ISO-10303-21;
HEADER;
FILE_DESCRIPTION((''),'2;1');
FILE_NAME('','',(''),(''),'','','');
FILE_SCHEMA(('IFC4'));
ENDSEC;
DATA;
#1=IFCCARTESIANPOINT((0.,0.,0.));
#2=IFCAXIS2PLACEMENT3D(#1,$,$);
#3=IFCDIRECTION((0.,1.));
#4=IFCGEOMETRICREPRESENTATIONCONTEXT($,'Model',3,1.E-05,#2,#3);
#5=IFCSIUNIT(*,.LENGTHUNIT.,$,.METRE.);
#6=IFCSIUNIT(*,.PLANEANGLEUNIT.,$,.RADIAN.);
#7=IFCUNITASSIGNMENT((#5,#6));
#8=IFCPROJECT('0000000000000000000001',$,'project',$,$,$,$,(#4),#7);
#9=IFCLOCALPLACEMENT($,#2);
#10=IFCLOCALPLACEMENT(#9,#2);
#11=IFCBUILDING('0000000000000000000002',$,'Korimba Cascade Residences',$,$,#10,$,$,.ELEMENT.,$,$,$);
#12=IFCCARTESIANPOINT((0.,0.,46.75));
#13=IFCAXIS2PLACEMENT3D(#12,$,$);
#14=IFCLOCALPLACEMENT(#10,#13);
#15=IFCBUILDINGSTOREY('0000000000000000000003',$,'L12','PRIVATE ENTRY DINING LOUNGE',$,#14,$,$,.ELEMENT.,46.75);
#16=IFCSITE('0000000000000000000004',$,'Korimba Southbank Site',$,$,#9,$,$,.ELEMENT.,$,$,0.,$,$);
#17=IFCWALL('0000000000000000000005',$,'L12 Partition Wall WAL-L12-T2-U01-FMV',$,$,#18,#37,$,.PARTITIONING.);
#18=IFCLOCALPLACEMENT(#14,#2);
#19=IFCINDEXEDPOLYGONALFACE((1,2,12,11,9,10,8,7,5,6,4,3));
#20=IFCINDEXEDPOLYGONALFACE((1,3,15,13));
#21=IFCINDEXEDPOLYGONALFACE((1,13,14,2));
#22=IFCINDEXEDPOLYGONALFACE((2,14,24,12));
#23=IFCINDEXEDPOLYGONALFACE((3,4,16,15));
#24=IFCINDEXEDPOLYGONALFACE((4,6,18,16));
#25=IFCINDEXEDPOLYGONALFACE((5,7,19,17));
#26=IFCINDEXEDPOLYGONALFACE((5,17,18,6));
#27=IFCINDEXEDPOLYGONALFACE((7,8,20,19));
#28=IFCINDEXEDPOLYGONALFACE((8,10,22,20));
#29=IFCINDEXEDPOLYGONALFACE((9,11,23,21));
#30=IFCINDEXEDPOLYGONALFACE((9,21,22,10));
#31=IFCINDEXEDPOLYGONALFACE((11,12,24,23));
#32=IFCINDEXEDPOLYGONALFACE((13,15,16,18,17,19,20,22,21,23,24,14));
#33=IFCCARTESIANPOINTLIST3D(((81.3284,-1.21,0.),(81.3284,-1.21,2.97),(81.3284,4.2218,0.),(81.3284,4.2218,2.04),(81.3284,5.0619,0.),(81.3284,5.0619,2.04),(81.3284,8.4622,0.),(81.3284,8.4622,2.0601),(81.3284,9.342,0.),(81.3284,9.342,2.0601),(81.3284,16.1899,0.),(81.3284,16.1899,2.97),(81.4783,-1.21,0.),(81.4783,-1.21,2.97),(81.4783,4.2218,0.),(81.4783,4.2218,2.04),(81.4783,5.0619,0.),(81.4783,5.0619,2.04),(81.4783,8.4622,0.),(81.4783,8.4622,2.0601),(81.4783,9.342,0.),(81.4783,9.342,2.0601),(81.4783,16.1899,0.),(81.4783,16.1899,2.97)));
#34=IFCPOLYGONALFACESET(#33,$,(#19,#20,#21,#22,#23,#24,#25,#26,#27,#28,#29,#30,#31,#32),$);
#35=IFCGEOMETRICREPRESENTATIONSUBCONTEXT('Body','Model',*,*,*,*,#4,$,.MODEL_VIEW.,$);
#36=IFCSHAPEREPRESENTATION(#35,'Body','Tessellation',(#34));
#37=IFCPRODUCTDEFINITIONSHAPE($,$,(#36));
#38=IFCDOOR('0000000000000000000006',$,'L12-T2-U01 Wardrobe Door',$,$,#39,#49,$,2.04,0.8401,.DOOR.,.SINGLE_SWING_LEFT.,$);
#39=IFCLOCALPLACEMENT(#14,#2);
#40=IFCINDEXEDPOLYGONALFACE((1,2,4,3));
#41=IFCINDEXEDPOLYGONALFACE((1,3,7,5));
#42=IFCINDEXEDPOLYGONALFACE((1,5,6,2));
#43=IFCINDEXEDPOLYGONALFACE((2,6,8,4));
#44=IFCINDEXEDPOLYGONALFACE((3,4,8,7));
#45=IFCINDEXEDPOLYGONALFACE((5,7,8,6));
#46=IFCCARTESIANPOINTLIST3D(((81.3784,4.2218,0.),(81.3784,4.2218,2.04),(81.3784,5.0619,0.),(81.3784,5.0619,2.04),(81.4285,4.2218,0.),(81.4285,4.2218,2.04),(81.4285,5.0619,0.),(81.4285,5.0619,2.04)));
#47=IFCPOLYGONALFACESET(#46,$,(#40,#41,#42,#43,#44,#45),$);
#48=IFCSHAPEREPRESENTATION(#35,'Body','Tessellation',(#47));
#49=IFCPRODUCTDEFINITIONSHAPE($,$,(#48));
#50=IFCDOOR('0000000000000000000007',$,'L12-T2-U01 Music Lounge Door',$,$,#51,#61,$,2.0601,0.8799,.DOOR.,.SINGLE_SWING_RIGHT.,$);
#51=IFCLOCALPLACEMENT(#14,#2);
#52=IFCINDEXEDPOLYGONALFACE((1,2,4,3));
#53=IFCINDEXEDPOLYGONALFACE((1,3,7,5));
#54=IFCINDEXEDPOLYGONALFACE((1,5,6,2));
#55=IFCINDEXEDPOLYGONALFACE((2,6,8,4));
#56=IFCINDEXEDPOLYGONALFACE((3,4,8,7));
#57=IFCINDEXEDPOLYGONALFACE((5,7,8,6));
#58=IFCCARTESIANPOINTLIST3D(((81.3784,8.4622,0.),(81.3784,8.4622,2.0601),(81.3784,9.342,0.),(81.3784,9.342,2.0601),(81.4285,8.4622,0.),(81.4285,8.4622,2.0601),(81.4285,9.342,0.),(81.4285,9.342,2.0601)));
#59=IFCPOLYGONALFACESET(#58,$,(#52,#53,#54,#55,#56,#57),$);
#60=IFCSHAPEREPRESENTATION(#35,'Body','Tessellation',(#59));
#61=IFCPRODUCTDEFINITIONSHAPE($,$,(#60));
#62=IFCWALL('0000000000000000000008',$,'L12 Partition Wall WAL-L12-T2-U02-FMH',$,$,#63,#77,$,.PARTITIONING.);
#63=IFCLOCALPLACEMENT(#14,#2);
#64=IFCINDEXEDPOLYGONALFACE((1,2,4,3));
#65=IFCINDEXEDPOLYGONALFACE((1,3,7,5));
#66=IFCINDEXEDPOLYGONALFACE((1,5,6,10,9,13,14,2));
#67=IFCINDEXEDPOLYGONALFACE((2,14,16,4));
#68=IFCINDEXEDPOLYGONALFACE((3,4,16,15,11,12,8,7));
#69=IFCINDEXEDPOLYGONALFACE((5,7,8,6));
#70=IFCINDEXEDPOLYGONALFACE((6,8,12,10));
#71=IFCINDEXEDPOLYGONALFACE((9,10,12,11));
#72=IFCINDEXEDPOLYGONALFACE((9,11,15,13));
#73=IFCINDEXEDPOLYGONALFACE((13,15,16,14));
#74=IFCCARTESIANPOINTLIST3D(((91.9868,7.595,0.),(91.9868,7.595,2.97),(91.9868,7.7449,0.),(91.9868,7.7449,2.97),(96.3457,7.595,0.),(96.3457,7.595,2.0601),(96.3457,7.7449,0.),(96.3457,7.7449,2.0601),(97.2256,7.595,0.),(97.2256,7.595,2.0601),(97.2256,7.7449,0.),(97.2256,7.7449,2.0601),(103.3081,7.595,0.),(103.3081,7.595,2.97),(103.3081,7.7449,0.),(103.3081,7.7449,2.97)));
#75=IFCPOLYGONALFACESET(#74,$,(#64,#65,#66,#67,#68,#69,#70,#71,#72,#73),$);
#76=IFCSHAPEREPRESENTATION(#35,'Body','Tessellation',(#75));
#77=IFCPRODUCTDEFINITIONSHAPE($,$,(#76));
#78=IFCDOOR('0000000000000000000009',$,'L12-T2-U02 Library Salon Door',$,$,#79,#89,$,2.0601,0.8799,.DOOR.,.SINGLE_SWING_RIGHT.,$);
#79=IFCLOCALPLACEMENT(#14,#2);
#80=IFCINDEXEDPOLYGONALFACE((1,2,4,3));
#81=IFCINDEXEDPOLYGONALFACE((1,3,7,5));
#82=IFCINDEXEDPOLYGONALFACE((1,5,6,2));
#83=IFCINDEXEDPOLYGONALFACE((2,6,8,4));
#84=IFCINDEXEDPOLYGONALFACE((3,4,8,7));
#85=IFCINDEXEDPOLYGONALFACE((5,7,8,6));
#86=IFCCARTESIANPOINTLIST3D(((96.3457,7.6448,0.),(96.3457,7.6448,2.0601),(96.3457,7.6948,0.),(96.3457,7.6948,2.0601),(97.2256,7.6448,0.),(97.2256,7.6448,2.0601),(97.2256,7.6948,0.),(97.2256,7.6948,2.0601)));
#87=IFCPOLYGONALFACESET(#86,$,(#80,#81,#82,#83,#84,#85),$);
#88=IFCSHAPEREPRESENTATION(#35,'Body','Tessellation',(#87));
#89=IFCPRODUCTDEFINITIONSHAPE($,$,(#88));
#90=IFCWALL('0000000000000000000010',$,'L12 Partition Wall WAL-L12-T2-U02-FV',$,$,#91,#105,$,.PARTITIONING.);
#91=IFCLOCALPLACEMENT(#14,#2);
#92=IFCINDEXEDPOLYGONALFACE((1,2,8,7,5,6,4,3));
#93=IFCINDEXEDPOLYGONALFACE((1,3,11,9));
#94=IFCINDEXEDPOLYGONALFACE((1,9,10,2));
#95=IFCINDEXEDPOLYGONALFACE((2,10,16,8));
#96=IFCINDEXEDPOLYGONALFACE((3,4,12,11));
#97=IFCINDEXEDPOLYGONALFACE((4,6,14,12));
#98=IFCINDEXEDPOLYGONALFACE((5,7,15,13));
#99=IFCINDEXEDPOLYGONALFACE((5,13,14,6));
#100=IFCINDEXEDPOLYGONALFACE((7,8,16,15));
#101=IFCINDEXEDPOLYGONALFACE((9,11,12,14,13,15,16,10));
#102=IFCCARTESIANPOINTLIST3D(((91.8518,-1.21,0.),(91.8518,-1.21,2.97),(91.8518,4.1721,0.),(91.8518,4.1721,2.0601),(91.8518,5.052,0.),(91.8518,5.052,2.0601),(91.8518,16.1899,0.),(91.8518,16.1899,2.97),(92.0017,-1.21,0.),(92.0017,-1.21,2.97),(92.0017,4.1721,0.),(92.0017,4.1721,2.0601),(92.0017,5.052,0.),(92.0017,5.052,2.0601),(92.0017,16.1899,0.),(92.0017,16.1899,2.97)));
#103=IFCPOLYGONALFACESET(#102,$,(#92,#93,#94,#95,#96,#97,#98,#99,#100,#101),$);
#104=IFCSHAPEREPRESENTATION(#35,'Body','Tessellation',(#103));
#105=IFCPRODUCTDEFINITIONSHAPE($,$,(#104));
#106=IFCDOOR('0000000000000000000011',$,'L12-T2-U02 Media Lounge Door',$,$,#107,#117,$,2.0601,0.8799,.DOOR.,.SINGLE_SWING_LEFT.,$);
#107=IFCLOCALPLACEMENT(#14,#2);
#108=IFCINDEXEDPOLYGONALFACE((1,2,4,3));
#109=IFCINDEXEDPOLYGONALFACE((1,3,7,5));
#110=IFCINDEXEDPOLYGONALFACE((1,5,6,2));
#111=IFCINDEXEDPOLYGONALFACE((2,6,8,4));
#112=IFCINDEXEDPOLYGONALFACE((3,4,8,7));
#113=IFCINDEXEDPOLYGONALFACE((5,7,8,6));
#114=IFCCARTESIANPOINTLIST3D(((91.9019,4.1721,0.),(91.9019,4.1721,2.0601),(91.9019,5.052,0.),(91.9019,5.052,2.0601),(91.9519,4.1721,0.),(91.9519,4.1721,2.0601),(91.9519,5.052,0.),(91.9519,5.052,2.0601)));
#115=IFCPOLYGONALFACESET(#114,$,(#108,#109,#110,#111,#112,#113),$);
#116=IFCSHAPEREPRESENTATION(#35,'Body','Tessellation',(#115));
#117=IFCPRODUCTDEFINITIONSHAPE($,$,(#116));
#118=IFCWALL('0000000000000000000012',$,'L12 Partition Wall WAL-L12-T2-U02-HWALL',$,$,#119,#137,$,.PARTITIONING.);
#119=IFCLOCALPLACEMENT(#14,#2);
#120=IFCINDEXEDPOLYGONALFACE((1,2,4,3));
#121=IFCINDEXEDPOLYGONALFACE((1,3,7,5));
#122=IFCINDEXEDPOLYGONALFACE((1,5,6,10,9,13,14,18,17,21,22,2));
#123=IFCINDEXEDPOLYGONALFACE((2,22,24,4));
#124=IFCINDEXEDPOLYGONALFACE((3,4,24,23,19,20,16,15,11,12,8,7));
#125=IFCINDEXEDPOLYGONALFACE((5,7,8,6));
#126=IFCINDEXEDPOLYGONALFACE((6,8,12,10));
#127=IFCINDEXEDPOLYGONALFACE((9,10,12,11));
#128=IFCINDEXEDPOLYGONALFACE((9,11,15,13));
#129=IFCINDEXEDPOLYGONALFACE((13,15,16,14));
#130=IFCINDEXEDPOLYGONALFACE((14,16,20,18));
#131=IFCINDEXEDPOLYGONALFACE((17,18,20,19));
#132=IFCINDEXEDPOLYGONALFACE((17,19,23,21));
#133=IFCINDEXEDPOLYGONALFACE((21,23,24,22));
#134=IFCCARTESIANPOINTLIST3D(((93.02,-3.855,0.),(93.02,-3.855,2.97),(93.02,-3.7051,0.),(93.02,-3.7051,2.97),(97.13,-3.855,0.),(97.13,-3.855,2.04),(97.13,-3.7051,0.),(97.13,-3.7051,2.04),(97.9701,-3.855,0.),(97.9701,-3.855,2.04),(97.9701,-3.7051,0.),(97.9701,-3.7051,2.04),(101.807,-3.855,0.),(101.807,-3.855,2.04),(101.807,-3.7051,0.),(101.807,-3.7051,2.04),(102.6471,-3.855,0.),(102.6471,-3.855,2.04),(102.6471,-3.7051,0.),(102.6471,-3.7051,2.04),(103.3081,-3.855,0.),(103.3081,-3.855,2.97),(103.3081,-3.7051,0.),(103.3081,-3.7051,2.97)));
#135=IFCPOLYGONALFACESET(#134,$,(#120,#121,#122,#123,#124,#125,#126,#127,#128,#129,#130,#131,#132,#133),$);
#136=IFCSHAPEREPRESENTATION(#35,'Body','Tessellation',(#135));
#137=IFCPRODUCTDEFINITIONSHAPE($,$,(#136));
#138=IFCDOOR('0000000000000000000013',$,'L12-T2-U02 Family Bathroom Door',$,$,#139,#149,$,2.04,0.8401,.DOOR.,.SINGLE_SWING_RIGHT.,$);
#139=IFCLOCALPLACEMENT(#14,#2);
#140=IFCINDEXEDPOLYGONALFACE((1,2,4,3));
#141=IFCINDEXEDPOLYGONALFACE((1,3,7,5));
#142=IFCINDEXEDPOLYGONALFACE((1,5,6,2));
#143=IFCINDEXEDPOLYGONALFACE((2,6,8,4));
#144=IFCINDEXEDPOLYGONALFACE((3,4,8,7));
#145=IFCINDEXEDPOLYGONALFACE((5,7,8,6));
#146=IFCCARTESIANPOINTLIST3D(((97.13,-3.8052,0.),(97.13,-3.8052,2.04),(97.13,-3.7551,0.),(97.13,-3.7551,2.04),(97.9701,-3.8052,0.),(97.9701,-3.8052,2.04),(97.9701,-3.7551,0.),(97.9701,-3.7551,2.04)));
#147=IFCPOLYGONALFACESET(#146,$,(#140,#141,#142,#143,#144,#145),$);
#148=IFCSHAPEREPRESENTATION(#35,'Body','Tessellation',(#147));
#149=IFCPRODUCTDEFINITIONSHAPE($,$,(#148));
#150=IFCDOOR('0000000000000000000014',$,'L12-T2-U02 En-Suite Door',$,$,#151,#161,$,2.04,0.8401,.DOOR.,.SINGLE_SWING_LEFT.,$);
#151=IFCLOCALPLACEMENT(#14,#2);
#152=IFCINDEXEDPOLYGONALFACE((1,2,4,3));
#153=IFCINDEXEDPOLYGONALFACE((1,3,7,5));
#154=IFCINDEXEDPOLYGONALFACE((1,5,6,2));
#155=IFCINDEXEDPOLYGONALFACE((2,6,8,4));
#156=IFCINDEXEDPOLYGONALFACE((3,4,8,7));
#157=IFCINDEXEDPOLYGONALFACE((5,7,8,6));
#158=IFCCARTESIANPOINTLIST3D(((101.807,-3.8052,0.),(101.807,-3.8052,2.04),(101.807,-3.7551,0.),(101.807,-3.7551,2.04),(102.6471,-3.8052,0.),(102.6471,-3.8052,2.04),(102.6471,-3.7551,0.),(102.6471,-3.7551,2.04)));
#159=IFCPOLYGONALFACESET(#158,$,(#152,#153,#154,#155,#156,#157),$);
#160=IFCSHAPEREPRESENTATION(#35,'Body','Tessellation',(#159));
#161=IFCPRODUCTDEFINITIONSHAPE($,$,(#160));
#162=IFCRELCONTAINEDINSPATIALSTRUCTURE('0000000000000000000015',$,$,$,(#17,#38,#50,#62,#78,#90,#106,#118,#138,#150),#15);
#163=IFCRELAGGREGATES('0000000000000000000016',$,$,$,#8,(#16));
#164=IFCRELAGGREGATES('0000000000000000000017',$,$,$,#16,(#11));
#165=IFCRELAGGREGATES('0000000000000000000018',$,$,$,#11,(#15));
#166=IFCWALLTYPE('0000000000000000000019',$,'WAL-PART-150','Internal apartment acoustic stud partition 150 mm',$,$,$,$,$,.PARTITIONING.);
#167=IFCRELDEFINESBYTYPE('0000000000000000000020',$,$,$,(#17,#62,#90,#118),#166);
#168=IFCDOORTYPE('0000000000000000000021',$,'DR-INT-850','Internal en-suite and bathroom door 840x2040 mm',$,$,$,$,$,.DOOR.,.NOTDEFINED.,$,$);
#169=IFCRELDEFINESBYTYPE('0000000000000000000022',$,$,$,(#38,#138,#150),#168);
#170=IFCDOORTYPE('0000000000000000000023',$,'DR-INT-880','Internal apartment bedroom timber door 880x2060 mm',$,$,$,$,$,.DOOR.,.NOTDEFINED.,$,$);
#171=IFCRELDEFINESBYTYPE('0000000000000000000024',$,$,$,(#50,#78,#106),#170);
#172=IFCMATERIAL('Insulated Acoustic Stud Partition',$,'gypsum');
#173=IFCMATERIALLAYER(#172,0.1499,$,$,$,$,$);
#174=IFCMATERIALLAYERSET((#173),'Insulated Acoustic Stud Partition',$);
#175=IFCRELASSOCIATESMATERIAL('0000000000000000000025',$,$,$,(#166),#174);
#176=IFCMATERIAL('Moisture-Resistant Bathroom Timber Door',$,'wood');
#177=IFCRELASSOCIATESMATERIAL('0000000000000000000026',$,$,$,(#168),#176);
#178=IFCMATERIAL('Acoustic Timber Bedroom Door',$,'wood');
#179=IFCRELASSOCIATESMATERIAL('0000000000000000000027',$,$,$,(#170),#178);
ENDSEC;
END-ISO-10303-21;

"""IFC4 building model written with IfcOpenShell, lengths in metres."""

from ifc_helpers import new_model, si_unit, direction, frame, frame_2d, origin, place, context, subcontext, project, spatial, rectangle, extrude, material, layer, layer_set, type_object, element, fill, save


model = new_model("IFC4")

# Units and contexts
model_context = context("Model", 3, precision=1e-05, world=origin(), true_north=direction((0.0, 1.0)))
body_context = subcontext(model_context, "Body", "Model", "MODEL_VIEW")
ifc_project = project(units=[si_unit("LENGTHUNIT", "METRE"), si_unit("PLANEANGLEUNIT", "RADIAN")], contexts=[model_context])

# Site, building, storey
site_placement = place(None, origin())
site = spatial("IfcSite", under=ifc_project, at=site_placement, Name="Korimba Southbank Site", CompositionType="ELEMENT", RefElevation=0.0)
building_placement = place(site_placement, origin())
building = spatial("IfcBuilding", under=site, at=building_placement, Name="Korimba Cascade Residences", CompositionType="ELEMENT")
storey_placement = place(building_placement, frame((0.0, 0.0, 46.75)))
storey = spatial("IfcBuildingStorey", under=building, at=storey_placement, Name="L12", Description="PRIVATE ENTRY DINING LOUNGE", CompositionType="ELEMENT", Elevation=46.75)

# Wall, openings, doors
ifc_material_1 = material(Name="Insulated Acoustic Stud Partition", Category="gypsum")
ifc_layer_1 = layer(ifc_material_1, 0.1499)
ifc_layer_set_1 = layer_set([ifc_layer_1], Name="Insulated Acoustic Stud Partition")
wall_type_1 = type_object("IfcWallType", Name="WAL-PART-150", Description="Internal apartment acoustic stud partition 150 mm", PredefinedType="PARTITIONING", material=ifc_layer_set_1)
wall_1_placement = place(storey_placement, frame((81.4033, -1.21, 0.0), z_axis=(0.0, 0.0, 1.0), x_axis=(0.0, 1.0, 0.0)))
wall_1 = element("IfcWall", 1, at=wall_1_placement, inside=storey, type_object=wall_type_1, Name="L12 Partition Wall WAL-L12-T2-U01-FMV", PredefinedType="PARTITIONING", context=body_context, shape_type="SweptSolid", body=[
    extrude(rectangle(XDim=17.3999, YDim=0.1499, at=frame_2d((8.7, 0.0))), origin(), (0.0, 0.0, 1.0), 2.97),
])
opening_1_placement = place(wall_1_placement, frame((5.4319, 0.0, 0.0)))
opening_1 = element("IfcOpeningElement", 2, at=opening_1_placement, cuts=wall_1, PredefinedType="OPENING", context=body_context, shape_type="SweptSolid", body=[
    extrude(rectangle(XDim=0.8401, YDim=2.04, at=frame_2d((0.4199, 1.02))), frame((0.0, 0.085, 0.0), z_axis=(0.0, -1.0, 0.0), x_axis=(1.0, 0.0, 0.0)), (0.0, 0.0, 1.0), 0.1699),
])
opening_2_placement = place(wall_1_placement, frame((9.6721, 0.0, 0.0)))
opening_2 = element("IfcOpeningElement", 3, at=opening_2_placement, cuts=wall_1, PredefinedType="OPENING", context=body_context, shape_type="SweptSolid", body=[
    extrude(rectangle(XDim=0.8799, YDim=2.0601, at=frame_2d((0.4399, 1.03))), frame((0.0, 0.085, 0.0), z_axis=(0.0, -1.0, 0.0), x_axis=(1.0, 0.0, 0.0)), (0.0, 0.0, 1.0), 0.1699),
])
ifc_material_2 = material(Name="Moisture-Resistant Bathroom Timber Door", Category="wood")
door_type_1 = type_object("IfcDoorType", Name="DR-INT-850", Description="Internal en-suite and bathroom door 840x2040 mm", OperationType="NOTDEFINED", PredefinedType="DOOR", material=ifc_material_2)
door_1_placement = place(opening_1_placement, origin())
door_1 = element("IfcDoor", 4, at=door_1_placement, inside=storey, type_object=door_type_1, Name="L12-T2-U01 Wardrobe Door", OperationType="SINGLE_SWING_LEFT", OverallHeight=2.04, OverallWidth=0.8401, PredefinedType="DOOR", context=body_context, shape_type="SweptSolid", body=[
    extrude(rectangle(XDim=0.8401, YDim=2.04, at=frame_2d((0.4199, 1.02))), frame((0.0, 0.0249, 0.0), z_axis=(0.0, -1.0, 0.0), x_axis=(1.0, 0.0, 0.0)), (0.0, 0.0, 1.0), 0.05),
])
fill(opening_1, door_1)
ifc_material_3 = material(Name="Acoustic Timber Bedroom Door", Category="wood")
door_type_2 = type_object("IfcDoorType", Name="DR-INT-880", Description="Internal apartment bedroom timber door 880x2060 mm", OperationType="NOTDEFINED", PredefinedType="DOOR", material=ifc_material_3)
door_2_placement = place(opening_2_placement, origin())
door_2 = element("IfcDoor", 5, at=door_2_placement, inside=storey, type_object=door_type_2, Name="L12-T2-U01 Music Lounge Door", OperationType="SINGLE_SWING_RIGHT", OverallHeight=2.0601, OverallWidth=0.8799, PredefinedType="DOOR", context=body_context, shape_type="SweptSolid", body=[
    extrude(rectangle(XDim=0.8799, YDim=2.0601, at=frame_2d((0.4399, 1.03))), frame((0.0, 0.0249, 0.0), z_axis=(0.0, -1.0, 0.0), x_axis=(1.0, 0.0, 0.0)), (0.0, 0.0, 1.0), 0.05),
])
fill(opening_2, door_2)

# Walls, openings, doors
wall_2_placement = place(storey_placement, frame((91.9868, 7.6699, 0.0), z_axis=(0.0, 0.0, 1.0), x_axis=(1.0, 0.0, 0.0)))
wall_2 = element("IfcWall", 6, at=wall_2_placement, inside=storey, type_object=wall_type_1, Name="L12 Partition Wall WAL-L12-T2-U02-FMH", PredefinedType="PARTITIONING", context=body_context, shape_type="SweptSolid", body=[
    extrude(rectangle(XDim=11.3213, YDim=0.1499, at=frame_2d((5.6606, 0.0))), origin(), (0.0, 0.0, 1.0), 2.97),
])
opening_3_placement = place(wall_2_placement, frame((4.3589, 0.0, 0.0)))
opening_3 = element("IfcOpeningElement", 7, at=opening_3_placement, cuts=wall_2, PredefinedType="OPENING", context=body_context, shape_type="SweptSolid", body=[
    extrude(rectangle(XDim=0.8799, YDim=2.0601, at=frame_2d((0.4399, 1.03))), frame((0.0, 0.085, 0.0), z_axis=(0.0, -1.0, 0.0), x_axis=(1.0, 0.0, 0.0)), (0.0, 0.0, 1.0), 0.1699),
])
door_3_placement = place(opening_3_placement, origin())
door_3 = element("IfcDoor", 8, at=door_3_placement, inside=storey, type_object=door_type_2, Name="L12-T2-U02 Library Salon Door", OperationType="SINGLE_SWING_RIGHT", OverallHeight=2.0601, OverallWidth=0.8799, PredefinedType="DOOR", context=body_context, shape_type="SweptSolid", body=[
    extrude(rectangle(XDim=0.8799, YDim=2.0601, at=frame_2d((0.4399, 1.03))), frame((0.0, 0.0249, 0.0), z_axis=(0.0, -1.0, 0.0), x_axis=(1.0, 0.0, 0.0)), (0.0, 0.0, 1.0), 0.05),
])
fill(opening_3, door_3)
wall_3_placement = place(storey_placement, frame((91.9268, -1.21, 0.0), z_axis=(0.0, 0.0, 1.0), x_axis=(0.0, 1.0, 0.0)))
wall_3 = element("IfcWall", 9, at=wall_3_placement, inside=storey, type_object=wall_type_1, Name="L12 Partition Wall WAL-L12-T2-U02-FV", PredefinedType="PARTITIONING", context=body_context, shape_type="SweptSolid", body=[
    extrude(rectangle(XDim=17.3999, YDim=0.1499, at=frame_2d((8.7, 0.0))), origin(), (0.0, 0.0, 1.0), 2.97),
])
opening_4_placement = place(wall_3_placement, frame((5.3821, 0.0, 0.0)))
opening_4 = element("IfcOpeningElement", 10, at=opening_4_placement, cuts=wall_3, PredefinedType="OPENING", context=body_context, shape_type="SweptSolid", body=[
    extrude(rectangle(XDim=0.8799, YDim=2.0601, at=frame_2d((0.4399, 1.03))), frame((0.0, 0.085, 0.0), z_axis=(0.0, -1.0, 0.0), x_axis=(1.0, 0.0, 0.0)), (0.0, 0.0, 1.0), 0.1699),
])
door_4_placement = place(opening_4_placement, origin())
door_4 = element("IfcDoor", 11, at=door_4_placement, inside=storey, type_object=door_type_2, Name="L12-T2-U02 Media Lounge Door", OperationType="SINGLE_SWING_LEFT", OverallHeight=2.0601, OverallWidth=0.8799, PredefinedType="DOOR", context=body_context, shape_type="SweptSolid", body=[
    extrude(rectangle(XDim=0.8799, YDim=2.0601, at=frame_2d((0.4399, 1.03))), frame((0.0, 0.0249, 0.0), z_axis=(0.0, -1.0, 0.0), x_axis=(1.0, 0.0, 0.0)), (0.0, 0.0, 1.0), 0.05),
])
fill(opening_4, door_4)

# Wall, openings, doors
wall_4_placement = place(storey_placement, frame((93.02, -3.78, 0.0), z_axis=(0.0, 0.0, 1.0), x_axis=(1.0, 0.0, 0.0)))
wall_4 = element("IfcWall", 12, at=wall_4_placement, inside=storey, type_object=wall_type_1, Name="L12 Partition Wall WAL-L12-T2-U02-HWALL", PredefinedType="PARTITIONING", context=body_context, shape_type="SweptSolid", body=[
    extrude(rectangle(XDim=10.2881, YDim=0.1499, at=frame_2d((5.144, 0.0))), origin(), (0.0, 0.0, 1.0), 2.97),
])
opening_5_placement = place(wall_4_placement, frame((4.1101, 0.0, 0.0)))
opening_5 = element("IfcOpeningElement", 13, at=opening_5_placement, cuts=wall_4, PredefinedType="OPENING", context=body_context, shape_type="SweptSolid", body=[
    extrude(rectangle(XDim=0.8401, YDim=2.04, at=frame_2d((0.4199, 1.02))), frame((0.0, 0.085, 0.0), z_axis=(0.0, -1.0, 0.0), x_axis=(1.0, 0.0, 0.0)), (0.0, 0.0, 1.0), 0.1699),
])
opening_6_placement = place(wall_4_placement, frame((8.7871, 0.0, 0.0)))
opening_6 = element("IfcOpeningElement", 14, at=opening_6_placement, cuts=wall_4, PredefinedType="OPENING", context=body_context, shape_type="SweptSolid", body=[
    extrude(rectangle(XDim=0.8401, YDim=2.04, at=frame_2d((0.4199, 1.02))), frame((0.0, 0.085, 0.0), z_axis=(0.0, -1.0, 0.0), x_axis=(1.0, 0.0, 0.0)), (0.0, 0.0, 1.0), 0.1699),
])
door_5_placement = place(opening_5_placement, origin())
door_5 = element("IfcDoor", 15, at=door_5_placement, inside=storey, type_object=door_type_1, Name="L12-T2-U02 Family Bathroom Door", OperationType="SINGLE_SWING_RIGHT", OverallHeight=2.04, OverallWidth=0.8401, PredefinedType="DOOR", context=body_context, shape_type="SweptSolid", body=[
    extrude(rectangle(XDim=0.8401, YDim=2.04, at=frame_2d((0.4199, 1.02))), frame((0.0, 0.0249, 0.0), z_axis=(0.0, -1.0, 0.0), x_axis=(1.0, 0.0, 0.0)), (0.0, 0.0, 1.0), 0.05),
])
fill(opening_5, door_5)
door_6_placement = place(opening_6_placement, origin())
door_6 = element("IfcDoor", 16, at=door_6_placement, inside=storey, type_object=door_type_1, Name="L12-T2-U02 En-Suite Door", OperationType="SINGLE_SWING_LEFT", OverallHeight=2.04, OverallWidth=0.8401, PredefinedType="DOOR", context=body_context, shape_type="SweptSolid", body=[
    extrude(rectangle(XDim=0.8401, YDim=2.04, at=frame_2d((0.4199, 1.02))), frame((0.0, 0.0249, 0.0), z_axis=(0.0, -1.0, 0.0), x_axis=(1.0, 0.0, 0.0)), (0.0, 0.0, 1.0), 0.05),
])
fill(opening_6, door_6)

save(model, "model.ifc")
